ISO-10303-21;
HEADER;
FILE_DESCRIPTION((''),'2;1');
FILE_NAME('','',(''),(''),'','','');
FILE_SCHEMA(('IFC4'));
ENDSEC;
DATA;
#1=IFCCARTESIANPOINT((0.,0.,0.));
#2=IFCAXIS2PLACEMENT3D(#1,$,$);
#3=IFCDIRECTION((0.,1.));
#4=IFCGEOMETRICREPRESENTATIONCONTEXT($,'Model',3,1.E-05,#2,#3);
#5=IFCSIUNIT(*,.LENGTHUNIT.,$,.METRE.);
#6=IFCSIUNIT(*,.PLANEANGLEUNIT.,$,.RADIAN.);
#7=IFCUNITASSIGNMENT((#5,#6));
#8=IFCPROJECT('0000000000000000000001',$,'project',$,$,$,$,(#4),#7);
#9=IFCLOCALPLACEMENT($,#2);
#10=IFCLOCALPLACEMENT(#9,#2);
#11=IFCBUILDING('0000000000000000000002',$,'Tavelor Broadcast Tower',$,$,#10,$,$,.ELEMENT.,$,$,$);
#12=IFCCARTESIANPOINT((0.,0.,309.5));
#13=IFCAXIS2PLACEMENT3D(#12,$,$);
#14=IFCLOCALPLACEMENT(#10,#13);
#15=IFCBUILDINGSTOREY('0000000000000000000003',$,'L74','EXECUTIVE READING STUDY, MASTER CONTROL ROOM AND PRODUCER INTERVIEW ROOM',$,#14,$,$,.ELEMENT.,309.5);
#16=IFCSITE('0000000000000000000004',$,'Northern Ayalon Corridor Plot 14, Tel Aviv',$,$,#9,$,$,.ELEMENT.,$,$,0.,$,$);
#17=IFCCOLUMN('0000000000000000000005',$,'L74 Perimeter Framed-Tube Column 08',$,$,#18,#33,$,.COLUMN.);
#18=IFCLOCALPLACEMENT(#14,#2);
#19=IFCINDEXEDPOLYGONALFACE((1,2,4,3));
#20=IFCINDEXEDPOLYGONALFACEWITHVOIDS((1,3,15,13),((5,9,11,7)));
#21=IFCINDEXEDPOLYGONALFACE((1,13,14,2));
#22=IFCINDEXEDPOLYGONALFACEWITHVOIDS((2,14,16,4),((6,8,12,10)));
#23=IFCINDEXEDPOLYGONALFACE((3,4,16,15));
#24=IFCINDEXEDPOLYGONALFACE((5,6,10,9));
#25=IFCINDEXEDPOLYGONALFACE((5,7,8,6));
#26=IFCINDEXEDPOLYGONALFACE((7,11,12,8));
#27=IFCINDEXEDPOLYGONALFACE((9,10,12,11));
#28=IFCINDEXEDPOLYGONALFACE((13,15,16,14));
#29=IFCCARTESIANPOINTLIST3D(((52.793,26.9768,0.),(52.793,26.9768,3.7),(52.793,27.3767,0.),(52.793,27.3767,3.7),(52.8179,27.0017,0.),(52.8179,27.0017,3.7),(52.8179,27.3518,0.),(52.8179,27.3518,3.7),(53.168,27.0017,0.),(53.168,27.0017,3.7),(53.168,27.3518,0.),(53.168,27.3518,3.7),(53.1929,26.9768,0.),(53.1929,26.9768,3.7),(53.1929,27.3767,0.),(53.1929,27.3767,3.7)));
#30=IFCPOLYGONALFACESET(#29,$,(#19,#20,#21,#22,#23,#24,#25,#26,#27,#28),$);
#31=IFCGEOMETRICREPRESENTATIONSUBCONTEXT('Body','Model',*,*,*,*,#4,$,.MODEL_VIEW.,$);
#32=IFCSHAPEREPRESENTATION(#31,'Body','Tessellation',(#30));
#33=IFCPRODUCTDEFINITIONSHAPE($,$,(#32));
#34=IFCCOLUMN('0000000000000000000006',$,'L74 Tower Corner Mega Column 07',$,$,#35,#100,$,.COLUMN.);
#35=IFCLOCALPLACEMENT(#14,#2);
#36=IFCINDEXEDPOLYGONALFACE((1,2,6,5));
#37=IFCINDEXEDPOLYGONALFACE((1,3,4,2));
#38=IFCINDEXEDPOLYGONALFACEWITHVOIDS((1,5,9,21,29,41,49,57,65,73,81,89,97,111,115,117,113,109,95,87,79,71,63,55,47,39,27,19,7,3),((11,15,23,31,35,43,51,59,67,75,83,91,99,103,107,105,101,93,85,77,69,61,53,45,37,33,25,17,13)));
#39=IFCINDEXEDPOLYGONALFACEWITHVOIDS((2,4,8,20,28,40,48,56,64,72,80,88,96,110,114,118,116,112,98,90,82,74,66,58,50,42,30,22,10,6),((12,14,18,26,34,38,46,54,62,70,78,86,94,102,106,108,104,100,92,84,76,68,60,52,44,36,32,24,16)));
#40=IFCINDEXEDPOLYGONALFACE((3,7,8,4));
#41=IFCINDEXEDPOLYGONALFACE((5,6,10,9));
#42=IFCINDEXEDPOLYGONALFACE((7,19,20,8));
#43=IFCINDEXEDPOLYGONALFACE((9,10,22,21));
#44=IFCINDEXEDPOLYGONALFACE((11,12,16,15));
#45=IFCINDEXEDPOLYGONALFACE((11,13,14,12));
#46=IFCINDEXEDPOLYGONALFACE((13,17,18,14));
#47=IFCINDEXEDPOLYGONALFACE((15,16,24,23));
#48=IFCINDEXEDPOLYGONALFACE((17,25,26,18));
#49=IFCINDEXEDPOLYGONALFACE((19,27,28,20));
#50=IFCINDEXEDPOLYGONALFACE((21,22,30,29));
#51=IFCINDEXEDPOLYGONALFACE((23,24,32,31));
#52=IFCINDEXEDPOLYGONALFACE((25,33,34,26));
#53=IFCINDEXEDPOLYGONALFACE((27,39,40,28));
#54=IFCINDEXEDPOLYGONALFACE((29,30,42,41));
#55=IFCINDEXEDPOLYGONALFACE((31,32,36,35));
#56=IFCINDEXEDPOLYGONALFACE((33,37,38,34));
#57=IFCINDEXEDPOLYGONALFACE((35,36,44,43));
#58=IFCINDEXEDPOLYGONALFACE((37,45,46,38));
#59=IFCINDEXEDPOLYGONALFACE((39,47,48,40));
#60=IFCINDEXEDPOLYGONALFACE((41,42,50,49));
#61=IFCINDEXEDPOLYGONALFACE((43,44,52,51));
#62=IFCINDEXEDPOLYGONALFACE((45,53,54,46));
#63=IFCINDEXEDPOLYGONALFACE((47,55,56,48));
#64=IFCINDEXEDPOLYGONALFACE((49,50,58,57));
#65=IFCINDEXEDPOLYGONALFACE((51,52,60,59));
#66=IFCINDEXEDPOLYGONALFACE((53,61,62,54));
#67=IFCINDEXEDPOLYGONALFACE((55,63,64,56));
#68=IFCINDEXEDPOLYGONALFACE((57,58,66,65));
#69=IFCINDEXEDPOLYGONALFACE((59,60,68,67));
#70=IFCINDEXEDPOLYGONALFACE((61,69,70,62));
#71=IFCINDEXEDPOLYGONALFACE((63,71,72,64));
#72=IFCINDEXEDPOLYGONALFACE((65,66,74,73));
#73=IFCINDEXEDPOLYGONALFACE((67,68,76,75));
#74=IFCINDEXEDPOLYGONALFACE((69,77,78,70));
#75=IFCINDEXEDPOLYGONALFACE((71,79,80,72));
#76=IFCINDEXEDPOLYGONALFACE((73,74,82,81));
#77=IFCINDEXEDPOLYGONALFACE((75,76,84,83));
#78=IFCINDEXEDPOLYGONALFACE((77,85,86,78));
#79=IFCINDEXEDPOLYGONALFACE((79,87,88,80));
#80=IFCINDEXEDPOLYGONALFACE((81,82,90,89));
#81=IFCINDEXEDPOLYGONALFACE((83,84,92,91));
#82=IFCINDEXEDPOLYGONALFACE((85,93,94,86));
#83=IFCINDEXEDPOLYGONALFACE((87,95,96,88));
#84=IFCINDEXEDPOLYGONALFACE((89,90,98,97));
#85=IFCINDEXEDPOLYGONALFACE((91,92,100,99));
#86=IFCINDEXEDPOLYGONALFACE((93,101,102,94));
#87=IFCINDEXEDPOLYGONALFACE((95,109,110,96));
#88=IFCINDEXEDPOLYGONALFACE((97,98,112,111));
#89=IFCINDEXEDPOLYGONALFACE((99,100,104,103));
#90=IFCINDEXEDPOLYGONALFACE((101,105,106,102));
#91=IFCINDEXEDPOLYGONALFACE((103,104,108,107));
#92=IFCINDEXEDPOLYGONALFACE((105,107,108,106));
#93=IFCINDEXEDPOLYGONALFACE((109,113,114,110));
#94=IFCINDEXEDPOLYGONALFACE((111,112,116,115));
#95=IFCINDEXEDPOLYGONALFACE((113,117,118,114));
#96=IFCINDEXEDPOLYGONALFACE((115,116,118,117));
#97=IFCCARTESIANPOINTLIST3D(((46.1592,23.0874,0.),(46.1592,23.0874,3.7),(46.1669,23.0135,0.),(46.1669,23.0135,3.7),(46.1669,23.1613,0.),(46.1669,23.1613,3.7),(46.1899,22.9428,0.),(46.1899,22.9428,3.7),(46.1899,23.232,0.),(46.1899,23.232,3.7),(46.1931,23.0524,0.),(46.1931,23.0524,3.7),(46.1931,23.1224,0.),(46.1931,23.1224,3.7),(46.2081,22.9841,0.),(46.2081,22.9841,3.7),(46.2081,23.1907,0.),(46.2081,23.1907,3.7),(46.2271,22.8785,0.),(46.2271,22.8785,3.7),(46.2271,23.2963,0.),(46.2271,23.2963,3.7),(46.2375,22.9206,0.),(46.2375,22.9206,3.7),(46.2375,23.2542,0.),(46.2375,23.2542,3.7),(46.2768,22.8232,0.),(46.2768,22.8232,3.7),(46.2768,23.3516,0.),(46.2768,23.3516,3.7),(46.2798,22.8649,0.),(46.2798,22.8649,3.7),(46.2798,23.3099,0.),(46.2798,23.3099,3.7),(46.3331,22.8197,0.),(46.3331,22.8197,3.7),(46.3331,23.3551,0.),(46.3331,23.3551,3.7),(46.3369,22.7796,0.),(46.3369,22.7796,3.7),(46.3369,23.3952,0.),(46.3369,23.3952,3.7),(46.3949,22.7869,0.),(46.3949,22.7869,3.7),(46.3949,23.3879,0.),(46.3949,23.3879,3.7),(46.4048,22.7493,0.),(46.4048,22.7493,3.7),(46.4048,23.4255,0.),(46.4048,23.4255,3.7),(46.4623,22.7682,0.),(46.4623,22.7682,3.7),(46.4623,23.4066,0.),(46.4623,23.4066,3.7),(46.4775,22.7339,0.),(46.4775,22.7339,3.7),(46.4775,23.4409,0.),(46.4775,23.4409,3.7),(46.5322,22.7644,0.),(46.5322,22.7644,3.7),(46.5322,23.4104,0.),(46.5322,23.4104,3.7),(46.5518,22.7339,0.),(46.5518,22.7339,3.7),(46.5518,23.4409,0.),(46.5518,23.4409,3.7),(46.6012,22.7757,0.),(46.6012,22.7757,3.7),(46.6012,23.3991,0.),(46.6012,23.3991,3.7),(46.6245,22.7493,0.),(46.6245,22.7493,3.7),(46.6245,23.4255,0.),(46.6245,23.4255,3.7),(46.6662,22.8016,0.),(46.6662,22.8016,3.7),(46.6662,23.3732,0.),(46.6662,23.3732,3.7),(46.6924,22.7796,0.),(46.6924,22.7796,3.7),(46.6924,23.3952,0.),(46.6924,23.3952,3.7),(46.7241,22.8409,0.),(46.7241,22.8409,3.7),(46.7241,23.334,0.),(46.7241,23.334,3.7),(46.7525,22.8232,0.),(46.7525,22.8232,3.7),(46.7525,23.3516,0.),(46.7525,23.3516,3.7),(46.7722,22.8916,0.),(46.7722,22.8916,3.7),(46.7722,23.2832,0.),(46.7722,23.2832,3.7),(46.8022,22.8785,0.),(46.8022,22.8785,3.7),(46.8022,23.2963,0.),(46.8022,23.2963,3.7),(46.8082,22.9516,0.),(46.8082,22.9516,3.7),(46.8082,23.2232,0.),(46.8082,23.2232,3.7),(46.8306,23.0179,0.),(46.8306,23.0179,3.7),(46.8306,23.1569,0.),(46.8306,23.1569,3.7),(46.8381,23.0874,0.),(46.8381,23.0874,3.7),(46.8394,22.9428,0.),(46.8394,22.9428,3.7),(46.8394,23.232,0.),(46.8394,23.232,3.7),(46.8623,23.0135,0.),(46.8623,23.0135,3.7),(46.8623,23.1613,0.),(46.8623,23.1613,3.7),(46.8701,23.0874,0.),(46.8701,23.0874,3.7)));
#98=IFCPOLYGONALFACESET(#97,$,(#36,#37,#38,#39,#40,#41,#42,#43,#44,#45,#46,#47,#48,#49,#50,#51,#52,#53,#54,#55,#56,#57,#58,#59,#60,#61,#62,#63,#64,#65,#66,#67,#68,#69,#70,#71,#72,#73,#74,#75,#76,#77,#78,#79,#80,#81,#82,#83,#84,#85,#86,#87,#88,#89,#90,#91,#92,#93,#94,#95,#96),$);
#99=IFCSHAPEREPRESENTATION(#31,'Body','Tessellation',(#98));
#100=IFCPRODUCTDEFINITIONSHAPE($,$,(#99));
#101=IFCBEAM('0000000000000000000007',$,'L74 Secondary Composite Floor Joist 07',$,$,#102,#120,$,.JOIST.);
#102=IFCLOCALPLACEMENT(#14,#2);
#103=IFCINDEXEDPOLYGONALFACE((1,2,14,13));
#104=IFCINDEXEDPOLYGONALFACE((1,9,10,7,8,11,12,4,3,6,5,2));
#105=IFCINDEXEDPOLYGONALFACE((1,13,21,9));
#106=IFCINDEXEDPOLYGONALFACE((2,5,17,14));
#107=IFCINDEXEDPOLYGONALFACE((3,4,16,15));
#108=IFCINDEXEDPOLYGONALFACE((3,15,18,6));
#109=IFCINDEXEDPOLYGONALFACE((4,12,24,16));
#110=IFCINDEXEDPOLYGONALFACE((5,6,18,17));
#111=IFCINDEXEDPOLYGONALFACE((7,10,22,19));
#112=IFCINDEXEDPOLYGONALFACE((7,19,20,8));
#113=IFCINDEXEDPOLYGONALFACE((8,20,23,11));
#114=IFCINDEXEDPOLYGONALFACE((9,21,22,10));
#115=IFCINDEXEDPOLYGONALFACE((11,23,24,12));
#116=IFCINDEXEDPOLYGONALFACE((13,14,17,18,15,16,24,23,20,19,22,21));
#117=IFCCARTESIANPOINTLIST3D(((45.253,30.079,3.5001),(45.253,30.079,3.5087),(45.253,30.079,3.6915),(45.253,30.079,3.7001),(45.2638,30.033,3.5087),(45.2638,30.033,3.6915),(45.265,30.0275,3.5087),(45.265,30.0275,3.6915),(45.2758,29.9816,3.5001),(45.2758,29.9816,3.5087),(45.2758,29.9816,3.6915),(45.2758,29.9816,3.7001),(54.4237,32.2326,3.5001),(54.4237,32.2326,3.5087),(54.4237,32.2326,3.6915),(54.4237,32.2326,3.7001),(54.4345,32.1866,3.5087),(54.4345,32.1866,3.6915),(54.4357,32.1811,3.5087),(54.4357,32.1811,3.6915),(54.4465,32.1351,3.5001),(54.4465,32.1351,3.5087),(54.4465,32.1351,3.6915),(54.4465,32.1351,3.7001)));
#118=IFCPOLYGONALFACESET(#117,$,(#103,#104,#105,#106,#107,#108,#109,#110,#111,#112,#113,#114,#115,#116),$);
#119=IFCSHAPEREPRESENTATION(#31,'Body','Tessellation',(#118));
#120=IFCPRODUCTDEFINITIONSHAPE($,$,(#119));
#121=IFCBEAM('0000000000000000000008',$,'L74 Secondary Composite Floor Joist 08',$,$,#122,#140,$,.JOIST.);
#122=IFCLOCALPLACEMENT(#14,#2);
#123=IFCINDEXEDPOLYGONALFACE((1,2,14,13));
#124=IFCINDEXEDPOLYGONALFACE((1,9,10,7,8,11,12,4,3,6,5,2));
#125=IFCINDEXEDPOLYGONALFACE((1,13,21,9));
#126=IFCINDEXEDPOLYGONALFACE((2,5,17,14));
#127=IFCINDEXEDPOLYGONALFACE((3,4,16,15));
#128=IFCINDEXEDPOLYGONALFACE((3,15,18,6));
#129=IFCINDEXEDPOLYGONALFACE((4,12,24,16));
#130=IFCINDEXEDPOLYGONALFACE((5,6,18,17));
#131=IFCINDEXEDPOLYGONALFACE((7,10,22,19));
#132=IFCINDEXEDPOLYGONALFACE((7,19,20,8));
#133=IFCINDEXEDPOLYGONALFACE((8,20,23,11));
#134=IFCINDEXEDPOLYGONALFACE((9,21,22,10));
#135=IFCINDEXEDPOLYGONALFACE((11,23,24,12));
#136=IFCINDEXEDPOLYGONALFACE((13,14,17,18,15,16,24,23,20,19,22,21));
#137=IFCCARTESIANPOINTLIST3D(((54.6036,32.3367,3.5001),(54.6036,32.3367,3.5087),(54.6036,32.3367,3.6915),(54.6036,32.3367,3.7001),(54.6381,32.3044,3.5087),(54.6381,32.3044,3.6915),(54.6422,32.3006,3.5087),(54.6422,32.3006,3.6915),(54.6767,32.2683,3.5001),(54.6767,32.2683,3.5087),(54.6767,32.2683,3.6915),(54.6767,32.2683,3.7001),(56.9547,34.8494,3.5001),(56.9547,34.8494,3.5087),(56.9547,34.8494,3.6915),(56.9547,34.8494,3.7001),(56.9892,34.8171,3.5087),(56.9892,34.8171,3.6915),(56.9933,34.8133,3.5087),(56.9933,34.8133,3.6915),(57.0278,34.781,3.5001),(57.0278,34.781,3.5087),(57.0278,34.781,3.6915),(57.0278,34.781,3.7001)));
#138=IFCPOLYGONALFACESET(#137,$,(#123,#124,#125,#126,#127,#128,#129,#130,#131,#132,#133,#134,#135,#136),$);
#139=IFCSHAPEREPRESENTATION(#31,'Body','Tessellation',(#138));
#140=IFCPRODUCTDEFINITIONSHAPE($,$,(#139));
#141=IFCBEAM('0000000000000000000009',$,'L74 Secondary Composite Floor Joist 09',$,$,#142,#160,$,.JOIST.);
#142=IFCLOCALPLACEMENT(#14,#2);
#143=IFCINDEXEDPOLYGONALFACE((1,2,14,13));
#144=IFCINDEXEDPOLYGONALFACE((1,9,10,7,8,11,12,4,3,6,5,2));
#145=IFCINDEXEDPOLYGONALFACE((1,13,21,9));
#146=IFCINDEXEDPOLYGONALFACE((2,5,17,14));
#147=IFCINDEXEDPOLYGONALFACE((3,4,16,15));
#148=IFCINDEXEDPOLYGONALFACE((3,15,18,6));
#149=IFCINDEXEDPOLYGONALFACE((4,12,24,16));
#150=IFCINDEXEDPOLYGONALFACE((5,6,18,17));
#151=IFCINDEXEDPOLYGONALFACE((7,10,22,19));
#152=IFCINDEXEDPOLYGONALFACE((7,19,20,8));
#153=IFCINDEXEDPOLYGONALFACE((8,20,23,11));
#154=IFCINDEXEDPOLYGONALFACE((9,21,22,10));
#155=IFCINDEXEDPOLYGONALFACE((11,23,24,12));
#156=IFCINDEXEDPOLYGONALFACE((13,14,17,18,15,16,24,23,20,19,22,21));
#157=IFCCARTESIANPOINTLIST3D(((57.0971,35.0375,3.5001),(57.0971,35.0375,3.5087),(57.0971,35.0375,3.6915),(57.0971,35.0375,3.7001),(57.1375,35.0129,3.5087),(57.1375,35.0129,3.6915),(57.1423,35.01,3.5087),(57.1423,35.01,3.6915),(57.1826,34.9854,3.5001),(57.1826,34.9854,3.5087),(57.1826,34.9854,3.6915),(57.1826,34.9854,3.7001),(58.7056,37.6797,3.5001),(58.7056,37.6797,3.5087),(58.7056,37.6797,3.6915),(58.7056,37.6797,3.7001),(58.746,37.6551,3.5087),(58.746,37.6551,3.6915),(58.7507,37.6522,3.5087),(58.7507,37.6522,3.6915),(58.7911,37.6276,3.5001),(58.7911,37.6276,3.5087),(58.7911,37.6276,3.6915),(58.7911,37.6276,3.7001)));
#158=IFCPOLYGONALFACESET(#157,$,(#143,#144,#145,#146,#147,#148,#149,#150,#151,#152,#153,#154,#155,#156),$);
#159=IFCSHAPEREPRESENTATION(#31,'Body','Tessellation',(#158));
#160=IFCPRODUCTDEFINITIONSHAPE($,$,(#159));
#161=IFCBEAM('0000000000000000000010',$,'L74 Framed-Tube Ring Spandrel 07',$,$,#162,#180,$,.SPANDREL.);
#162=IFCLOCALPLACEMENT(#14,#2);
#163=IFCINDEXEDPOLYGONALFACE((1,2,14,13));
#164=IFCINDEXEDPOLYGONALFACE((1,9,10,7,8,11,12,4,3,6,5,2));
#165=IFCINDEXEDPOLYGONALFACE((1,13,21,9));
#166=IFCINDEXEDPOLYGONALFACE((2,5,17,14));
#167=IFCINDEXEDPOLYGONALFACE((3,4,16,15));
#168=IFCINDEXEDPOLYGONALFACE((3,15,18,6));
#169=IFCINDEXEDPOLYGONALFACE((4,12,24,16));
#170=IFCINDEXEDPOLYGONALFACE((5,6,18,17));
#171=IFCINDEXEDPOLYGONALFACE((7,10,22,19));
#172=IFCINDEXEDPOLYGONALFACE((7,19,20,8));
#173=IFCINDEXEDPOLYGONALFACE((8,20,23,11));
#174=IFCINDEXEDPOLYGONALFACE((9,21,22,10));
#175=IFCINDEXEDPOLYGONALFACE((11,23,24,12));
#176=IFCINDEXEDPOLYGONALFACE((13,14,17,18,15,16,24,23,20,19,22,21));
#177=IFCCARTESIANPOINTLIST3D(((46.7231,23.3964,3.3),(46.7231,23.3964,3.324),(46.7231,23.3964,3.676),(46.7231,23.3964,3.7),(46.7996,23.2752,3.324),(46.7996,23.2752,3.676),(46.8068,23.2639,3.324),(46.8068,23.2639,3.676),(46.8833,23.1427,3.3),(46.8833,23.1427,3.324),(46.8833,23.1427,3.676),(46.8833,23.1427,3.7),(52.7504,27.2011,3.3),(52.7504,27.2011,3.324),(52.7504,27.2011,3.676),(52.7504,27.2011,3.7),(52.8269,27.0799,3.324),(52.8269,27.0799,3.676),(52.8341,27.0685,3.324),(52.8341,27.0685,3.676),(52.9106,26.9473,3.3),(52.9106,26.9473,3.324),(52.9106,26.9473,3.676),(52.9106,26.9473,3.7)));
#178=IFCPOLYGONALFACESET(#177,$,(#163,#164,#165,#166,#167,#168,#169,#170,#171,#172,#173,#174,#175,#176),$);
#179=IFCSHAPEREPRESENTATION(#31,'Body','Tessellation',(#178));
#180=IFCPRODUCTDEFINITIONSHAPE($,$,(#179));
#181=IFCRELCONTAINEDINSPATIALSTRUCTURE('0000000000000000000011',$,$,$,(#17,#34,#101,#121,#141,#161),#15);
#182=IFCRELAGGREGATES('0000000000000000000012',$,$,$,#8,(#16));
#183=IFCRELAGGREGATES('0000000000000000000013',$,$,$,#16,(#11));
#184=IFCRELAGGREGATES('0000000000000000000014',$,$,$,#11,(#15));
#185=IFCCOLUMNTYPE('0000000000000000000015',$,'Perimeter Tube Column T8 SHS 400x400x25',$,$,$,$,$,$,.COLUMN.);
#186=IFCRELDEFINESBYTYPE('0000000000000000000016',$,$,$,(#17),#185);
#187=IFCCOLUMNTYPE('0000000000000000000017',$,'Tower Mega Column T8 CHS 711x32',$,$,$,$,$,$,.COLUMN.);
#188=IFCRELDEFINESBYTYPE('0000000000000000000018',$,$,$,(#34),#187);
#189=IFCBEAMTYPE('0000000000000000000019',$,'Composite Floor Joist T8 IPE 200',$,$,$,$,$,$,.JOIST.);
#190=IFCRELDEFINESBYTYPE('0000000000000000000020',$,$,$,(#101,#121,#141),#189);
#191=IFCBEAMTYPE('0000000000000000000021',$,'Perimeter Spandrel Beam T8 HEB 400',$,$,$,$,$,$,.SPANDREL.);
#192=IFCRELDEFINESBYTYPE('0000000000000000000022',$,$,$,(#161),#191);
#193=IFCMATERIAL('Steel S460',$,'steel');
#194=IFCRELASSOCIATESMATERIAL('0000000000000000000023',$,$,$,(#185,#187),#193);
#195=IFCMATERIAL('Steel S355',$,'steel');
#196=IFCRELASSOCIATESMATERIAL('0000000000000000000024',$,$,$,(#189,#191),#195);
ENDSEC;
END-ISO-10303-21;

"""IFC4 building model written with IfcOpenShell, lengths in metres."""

from ifc_helpers import new_model, si_unit, direction, frame, origin, origin_2d, place, context, subcontext, project, spatial, hollow_rectangle, hollow_circle, i_section, extrude, material, material_profile, profile_set, type_object, element, save


model = new_model("IFC4")

# Units and contexts
model_context = context("Model", 3, precision=1e-05, world=origin(), true_north=direction((0.0, 1.0)))
body_context = subcontext(model_context, "Body", "Model", "MODEL_VIEW")
ifc_project = project(units=[si_unit("LENGTHUNIT", "METRE"), si_unit("PLANEANGLEUNIT", "RADIAN")], contexts=[model_context])

# Site, building, storey
site_placement = place(None, origin())
site = spatial("IfcSite", under=ifc_project, at=site_placement, Name="Northern Ayalon Corridor Plot 14, Tel Aviv", CompositionType="ELEMENT", RefElevation=0.0)
building_placement = place(site_placement, origin())
building = spatial("IfcBuilding", under=site, at=building_placement, Name="Tavelor Broadcast Tower", CompositionType="ELEMENT")
storey_placement = place(building_placement, frame((0.0, 0.0, 309.5)))
storey = spatial("IfcBuildingStorey", under=building, at=storey_placement, Name="L74", Description="EXECUTIVE READING STUDY, MASTER CONTROL ROOM AND PRODUCER INTERVIEW ROOM", CompositionType="ELEMENT", Elevation=309.5)

# Columns
ifc_material_1 = material(Name="Steel S460", Category="steel")
ifc_material_profile_1 = material_profile(ifc_material_1, hollow_rectangle(XDim=0.3999, YDim=0.3999, WallThickness=0.0249, at=origin_2d()), Name="SHS 400x400x25")
ifc_profile_set_1 = profile_set([ifc_material_profile_1], Name="Steel S460")
column_type_1 = type_object("IfcColumnType", Name="Perimeter Tube Column T8 SHS 400x400x25", PredefinedType="COLUMN", material=ifc_profile_set_1)
column_1_placement = place(storey_placement, frame((52.9929, 27.1768, 0.0), z_axis=(0.0, 0.0, 1.0), x_axis=(1.0, 0.0, 0.0)))
element("IfcColumn", 1, at=column_1_placement, inside=storey, type_object=column_type_1, Name="L74 Perimeter Framed-Tube Column 08", PredefinedType="COLUMN", context=body_context, shape_type="SweptSolid", body=[
    extrude(hollow_rectangle(XDim=0.3999, YDim=0.3999, WallThickness=0.0249, at=origin_2d()), origin(), (0.0, 0.0, 1.0), 3.7),
])
ifc_material_profile_2 = material_profile(ifc_material_1, hollow_circle(Radius=0.3555, WallThickness=0.032, at=origin_2d()), Name="CHS 711x32")
ifc_profile_set_2 = profile_set([ifc_material_profile_2], Name="Steel S460")
column_type_2 = type_object("IfcColumnType", Name="Tower Mega Column T8 CHS 711x32", PredefinedType="COLUMN", material=ifc_profile_set_2)
column_2_placement = place(storey_placement, frame((46.5146, 23.0874, 0.0), z_axis=(0.0, 0.0, 1.0), x_axis=(1.0, 0.0, 0.0)))
element("IfcColumn", 2, at=column_2_placement, inside=storey, type_object=column_type_2, Name="L74 Tower Corner Mega Column 07", PredefinedType="COLUMN", context=body_context, shape_type="SweptSolid", body=[
    extrude(hollow_circle(Radius=0.3555, WallThickness=0.032, at=origin_2d()), origin(), (0.0, 0.0, 1.0), 3.7),
])

# Beams
ifc_material_2 = material(Name="Steel S355", Category="steel")
ifc_material_profile_3 = material_profile(ifc_material_2, i_section(OverallWidth=0.1001, OverallDepth=0.2, WebThickness=0.0056, FlangeThickness=0.0085, at=origin_2d()), Name="IPE 200")
ifc_profile_set_3 = profile_set([ifc_material_profile_3], Name="Steel S355")
beam_type_1 = type_object("IfcBeamType", Name="Composite Floor Joist T8 IPE 200", PredefinedType="JOIST", material=ifc_profile_set_3)
beam_1_placement = place(storey_placement, frame((45.2644, 30.0303, 3.6001), z_axis=(0.973517, 0.228613, 0.0), x_axis=(-0.228613, 0.973517, 0.0)))
element("IfcBeam", 3, at=beam_1_placement, inside=storey, type_object=beam_type_1, Name="L74 Secondary Composite Floor Joist 07", PredefinedType="JOIST", context=body_context, shape_type="SweptSolid", body=[
    extrude(i_section(OverallWidth=0.1001, OverallDepth=0.2, WebThickness=0.0056, FlangeThickness=0.0085, at=origin_2d()), origin(), (0.0, 0.0, 1.0), 9.4202),
])
beam_2_placement = place(storey_placement, frame((54.6401, 32.3025, 3.6001), z_axis=(0.683233, 0.730201, 0.0), x_axis=(-0.730201, 0.683233, 0.0)))
element("IfcBeam", 4, at=beam_2_placement, inside=storey, type_object=beam_type_1, Name="L74 Secondary Composite Floor Joist 08", PredefinedType="JOIST", context=body_context, shape_type="SweptSolid", body=[
    extrude(i_section(OverallWidth=0.1001, OverallDepth=0.2, WebThickness=0.0056, FlangeThickness=0.0085, at=origin_2d()), origin(), (0.0, 0.0, 1.0), 3.4412),
])
beam_3_placement = place(storey_placement, frame((57.1399, 35.0115, 3.6001), z_axis=(0.519987, 0.854174, 0.0), x_axis=(-0.854174, 0.519987, 0.0)))
element("IfcBeam", 5, at=beam_3_placement, inside=storey, type_object=beam_type_1, Name="L74 Secondary Composite Floor Joist 09", PredefinedType="JOIST", context=body_context, shape_type="SweptSolid", body=[
    extrude(i_section(OverallWidth=0.1001, OverallDepth=0.2, WebThickness=0.0056, FlangeThickness=0.0085, at=origin_2d()), origin(), (0.0, 0.0, 1.0), 3.0933),
])
ifc_material_profile_4 = material_profile(ifc_material_2, i_section(OverallWidth=0.3, OverallDepth=0.3999, WebThickness=0.0134, FlangeThickness=0.0239, at=origin_2d()), Name="HEB 400")
ifc_profile_set_4 = profile_set([ifc_material_profile_4], Name="Steel S355")
beam_type_2 = type_object("IfcBeamType", Name="Perimeter Spandrel Beam T8 HEB 400", PredefinedType="SPANDREL", material=ifc_profile_set_4)
beam_4_placement = place(storey_placement, frame((46.8032, 23.2695, 3.5), z_axis=(0.845619, 0.533787, 0.0), x_axis=(-0.533787, 0.845619, 0.0)))
element("IfcBeam", 6, at=beam_4_placement, inside=storey, type_object=beam_type_2, Name="L74 Framed-Tube Ring Spandrel 07", PredefinedType="SPANDREL", context=body_context, shape_type="SweptSolid", body=[
    extrude(i_section(OverallWidth=0.3, OverallDepth=0.3999, WebThickness=0.0134, FlangeThickness=0.0239, at=origin_2d()), origin(), (0.0, 0.0, 1.0), 7.1277),
])

save(model, "model.ifc")
